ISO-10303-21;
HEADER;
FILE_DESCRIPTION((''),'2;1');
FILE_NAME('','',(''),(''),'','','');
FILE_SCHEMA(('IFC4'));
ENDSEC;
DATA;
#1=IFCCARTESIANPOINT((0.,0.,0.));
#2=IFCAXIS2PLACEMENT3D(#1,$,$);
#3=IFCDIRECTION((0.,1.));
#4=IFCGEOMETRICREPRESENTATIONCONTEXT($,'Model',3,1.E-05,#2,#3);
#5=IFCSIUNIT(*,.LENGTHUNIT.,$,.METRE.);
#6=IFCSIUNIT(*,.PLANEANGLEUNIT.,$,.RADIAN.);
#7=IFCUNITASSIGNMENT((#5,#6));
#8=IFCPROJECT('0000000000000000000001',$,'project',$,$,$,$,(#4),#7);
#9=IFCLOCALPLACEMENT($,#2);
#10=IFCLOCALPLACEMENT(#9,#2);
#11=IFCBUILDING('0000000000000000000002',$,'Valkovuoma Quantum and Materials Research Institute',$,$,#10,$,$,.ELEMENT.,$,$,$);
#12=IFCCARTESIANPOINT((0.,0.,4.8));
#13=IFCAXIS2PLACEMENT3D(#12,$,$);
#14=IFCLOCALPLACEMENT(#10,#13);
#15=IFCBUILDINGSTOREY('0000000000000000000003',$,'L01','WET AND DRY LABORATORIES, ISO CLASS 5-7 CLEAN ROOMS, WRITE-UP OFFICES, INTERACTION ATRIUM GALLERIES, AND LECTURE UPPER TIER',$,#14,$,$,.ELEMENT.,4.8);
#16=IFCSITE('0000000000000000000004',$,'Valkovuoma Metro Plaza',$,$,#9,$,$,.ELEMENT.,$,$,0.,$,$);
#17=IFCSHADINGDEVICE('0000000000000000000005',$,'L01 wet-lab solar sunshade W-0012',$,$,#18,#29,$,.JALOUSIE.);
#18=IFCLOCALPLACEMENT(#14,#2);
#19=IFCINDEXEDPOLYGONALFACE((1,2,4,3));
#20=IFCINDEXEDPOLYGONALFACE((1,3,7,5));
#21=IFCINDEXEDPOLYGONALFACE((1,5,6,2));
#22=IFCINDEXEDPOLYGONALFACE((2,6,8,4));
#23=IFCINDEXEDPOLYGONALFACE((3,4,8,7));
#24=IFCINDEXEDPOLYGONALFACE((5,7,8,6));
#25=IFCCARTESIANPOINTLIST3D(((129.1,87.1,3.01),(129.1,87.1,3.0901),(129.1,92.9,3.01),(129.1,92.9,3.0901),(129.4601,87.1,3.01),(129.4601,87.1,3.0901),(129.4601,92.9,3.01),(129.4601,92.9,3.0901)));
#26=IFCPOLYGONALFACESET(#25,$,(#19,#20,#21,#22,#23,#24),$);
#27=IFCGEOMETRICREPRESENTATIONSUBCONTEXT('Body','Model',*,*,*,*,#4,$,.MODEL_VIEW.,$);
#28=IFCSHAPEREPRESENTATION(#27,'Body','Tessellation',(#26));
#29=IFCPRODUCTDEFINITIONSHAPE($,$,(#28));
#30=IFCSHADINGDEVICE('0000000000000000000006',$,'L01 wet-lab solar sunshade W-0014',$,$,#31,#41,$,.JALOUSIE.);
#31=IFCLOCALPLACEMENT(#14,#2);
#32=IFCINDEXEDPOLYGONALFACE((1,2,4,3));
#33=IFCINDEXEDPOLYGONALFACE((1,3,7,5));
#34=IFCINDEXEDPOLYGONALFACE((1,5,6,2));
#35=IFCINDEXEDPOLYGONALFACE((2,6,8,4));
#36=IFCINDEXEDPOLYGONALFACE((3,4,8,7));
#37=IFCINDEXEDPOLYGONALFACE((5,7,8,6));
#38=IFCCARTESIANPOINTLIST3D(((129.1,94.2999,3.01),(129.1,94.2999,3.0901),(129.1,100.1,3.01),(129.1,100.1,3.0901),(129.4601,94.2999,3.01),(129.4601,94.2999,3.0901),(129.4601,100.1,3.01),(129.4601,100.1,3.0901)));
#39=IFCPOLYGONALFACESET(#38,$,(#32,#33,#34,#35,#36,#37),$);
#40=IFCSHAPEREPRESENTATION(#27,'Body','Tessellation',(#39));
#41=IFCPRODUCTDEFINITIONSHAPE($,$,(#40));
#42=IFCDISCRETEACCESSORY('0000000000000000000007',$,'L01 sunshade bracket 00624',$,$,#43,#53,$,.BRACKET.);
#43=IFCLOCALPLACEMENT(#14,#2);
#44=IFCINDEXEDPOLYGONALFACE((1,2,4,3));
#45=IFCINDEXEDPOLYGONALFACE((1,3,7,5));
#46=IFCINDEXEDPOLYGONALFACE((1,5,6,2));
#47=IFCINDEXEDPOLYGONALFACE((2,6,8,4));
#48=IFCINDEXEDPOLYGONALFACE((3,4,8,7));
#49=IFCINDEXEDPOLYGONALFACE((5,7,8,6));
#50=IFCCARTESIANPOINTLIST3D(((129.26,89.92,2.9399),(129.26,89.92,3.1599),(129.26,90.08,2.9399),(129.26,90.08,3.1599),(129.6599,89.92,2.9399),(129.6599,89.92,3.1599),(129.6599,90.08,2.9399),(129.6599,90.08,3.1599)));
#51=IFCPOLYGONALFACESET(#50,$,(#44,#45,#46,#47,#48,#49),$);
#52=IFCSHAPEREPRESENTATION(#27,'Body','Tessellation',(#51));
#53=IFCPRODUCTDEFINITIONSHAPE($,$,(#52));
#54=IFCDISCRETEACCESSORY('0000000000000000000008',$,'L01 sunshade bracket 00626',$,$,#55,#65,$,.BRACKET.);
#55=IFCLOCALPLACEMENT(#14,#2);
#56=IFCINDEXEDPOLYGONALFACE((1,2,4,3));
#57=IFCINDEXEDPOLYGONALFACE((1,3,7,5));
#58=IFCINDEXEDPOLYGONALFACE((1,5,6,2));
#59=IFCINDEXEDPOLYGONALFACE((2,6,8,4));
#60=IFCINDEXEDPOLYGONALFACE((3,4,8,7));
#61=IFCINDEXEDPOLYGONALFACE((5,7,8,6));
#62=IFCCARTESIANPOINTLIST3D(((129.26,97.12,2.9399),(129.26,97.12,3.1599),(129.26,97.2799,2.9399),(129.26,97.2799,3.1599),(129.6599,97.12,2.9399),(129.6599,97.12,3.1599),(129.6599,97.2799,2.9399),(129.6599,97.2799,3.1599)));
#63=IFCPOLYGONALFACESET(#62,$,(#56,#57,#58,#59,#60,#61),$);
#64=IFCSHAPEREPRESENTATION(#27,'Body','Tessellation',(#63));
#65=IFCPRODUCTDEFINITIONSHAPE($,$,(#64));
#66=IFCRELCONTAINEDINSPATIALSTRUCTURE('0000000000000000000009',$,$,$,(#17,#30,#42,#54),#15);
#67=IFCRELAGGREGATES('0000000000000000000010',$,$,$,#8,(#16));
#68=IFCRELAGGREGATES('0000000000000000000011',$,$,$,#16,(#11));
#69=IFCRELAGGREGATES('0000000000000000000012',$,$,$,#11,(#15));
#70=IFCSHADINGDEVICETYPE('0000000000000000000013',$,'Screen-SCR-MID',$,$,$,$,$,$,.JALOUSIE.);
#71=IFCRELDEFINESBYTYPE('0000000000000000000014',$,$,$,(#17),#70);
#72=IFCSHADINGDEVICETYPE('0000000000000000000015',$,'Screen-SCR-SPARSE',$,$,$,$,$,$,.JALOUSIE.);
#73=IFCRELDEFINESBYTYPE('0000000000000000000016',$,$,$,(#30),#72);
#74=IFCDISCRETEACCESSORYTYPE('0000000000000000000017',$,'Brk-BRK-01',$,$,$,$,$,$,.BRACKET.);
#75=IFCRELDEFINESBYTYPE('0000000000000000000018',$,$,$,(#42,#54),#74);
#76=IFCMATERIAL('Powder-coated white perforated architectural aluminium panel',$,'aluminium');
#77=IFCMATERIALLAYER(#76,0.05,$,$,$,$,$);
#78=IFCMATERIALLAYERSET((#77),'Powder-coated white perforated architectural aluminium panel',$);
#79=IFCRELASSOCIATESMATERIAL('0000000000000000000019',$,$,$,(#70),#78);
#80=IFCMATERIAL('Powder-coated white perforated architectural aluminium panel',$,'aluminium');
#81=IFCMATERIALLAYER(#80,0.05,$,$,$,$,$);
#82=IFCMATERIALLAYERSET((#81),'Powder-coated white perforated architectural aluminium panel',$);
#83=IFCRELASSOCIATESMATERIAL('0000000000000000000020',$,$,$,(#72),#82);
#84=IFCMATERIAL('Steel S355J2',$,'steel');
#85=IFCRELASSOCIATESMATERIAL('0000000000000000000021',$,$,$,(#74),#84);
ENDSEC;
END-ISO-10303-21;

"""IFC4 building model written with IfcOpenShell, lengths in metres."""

from ifc_helpers import new_model, si_unit, direction, frame, origin, origin_2d, place, context, subcontext, project, spatial, rectangle, extrude, material, layer, layer_set, type_object, element, save


model = new_model("IFC4")

# Units and contexts
model_context = context("Model", 3, precision=1e-05, world=origin(), true_north=direction((0.0, 1.0)))
body_context = subcontext(model_context, "Body", "Model", "MODEL_VIEW")
ifc_project = project(units=[si_unit("LENGTHUNIT", "METRE"), si_unit("PLANEANGLEUNIT", "RADIAN")], contexts=[model_context])

# Site, building, storey
site_placement = place(None, origin())
site = spatial("IfcSite", under=ifc_project, at=site_placement, Name="Valkovuoma Metro Plaza", CompositionType="ELEMENT", RefElevation=0.0)
building_placement = place(site_placement, origin())
building = spatial("IfcBuilding", under=site, at=building_placement, Name="Valkovuoma Quantum and Materials Research Institute", CompositionType="ELEMENT")
storey_placement = place(building_placement, frame((0.0, 0.0, 4.8)))
storey = spatial("IfcBuildingStorey", under=building, at=storey_placement, Name="L01", Description="WET AND DRY LABORATORIES, ISO CLASS 5-7 CLEAN ROOMS, WRITE-UP OFFICES, INTERACTION ATRIUM GALLERIES, AND LECTURE UPPER TIER", CompositionType="ELEMENT", Elevation=4.8)

# Shading devices
ifc_material_1 = material(Name="Powder-coated white perforated architectural aluminium panel", Category="aluminium")
ifc_layer_1 = layer(ifc_material_1, 0.05)
ifc_layer_set_1 = layer_set([ifc_layer_1], Name="Powder-coated white perforated architectural aluminium panel")
shading_device_type_1 = type_object("IfcShadingDeviceType", Name="Screen-SCR-MID", PredefinedType="JALOUSIE", material=ifc_layer_set_1)
shading_device_1_placement = place(storey_placement, frame((129.28, 90.0, 3.01), z_axis=(0.0, 0.0, 1.0), x_axis=(1.0, 0.0, 0.0)))
element("IfcShadingDevice", 1, at=shading_device_1_placement, inside=storey, type_object=shading_device_type_1, Name="L01 wet-lab solar sunshade W-0012", PredefinedType="JALOUSIE", context=body_context, shape_type="SweptSolid", body=[
    extrude(rectangle(XDim=0.3601, YDim=5.8, at=origin_2d()), origin(), (0.0, 0.0, 1.0), 0.0801),
])
ifc_material_2 = material(Name="Powder-coated white perforated architectural aluminium panel", Category="aluminium")
ifc_layer_2 = layer(ifc_material_2, 0.05)
ifc_layer_set_2 = layer_set([ifc_layer_2], Name="Powder-coated white perforated architectural aluminium panel")
shading_device_type_2 = type_object("IfcShadingDeviceType", Name="Screen-SCR-SPARSE", PredefinedType="JALOUSIE", material=ifc_layer_set_2)
shading_device_2_placement = place(storey_placement, frame((129.28, 97.2, 3.01), z_axis=(0.0, 0.0, 1.0), x_axis=(1.0, 0.0, 0.0)))
element("IfcShadingDevice", 2, at=shading_device_2_placement, inside=storey, type_object=shading_device_type_2, Name="L01 wet-lab solar sunshade W-0014", PredefinedType="JALOUSIE", context=body_context, shape_type="SweptSolid", body=[
    extrude(rectangle(XDim=0.3601, YDim=5.8, at=origin_2d()), origin(), (0.0, 0.0, 1.0), 0.0801),
])

# Discrete accessories
ifc_material_3 = material(Name="Steel S355J2", Category="steel")
discrete_accessory_type = type_object("IfcDiscreteAccessoryType", Name="Brk-BRK-01", PredefinedType="BRACKET", material=ifc_material_3)
for number, where, z_axis, x_axis, name in (
    (3, (129.46, 90.0, 2.9399), (0.0, 0.0, 1.0), (1.0, 0.0, 0.0), "L01 sunshade bracket 00624"),
    (4, (129.46, 97.2, 2.9399), (0.0, 0.0, 1.0), (1.0, 0.0, 0.0), "L01 sunshade bracket 00626"),
):
    element("IfcDiscreteAccessory", number, at=place(storey_placement, frame(where, z_axis=z_axis, x_axis=x_axis)), inside=storey, type_object=discrete_accessory_type, Name=name, PredefinedType="BRACKET", context=body_context, shape_type="SweptSolid", body=[
        extrude(rectangle(XDim=0.3999, YDim=0.1599, at=origin_2d()), origin(), (0.0, 0.0, 1.0), 0.22),
    ])

save(model, "model.ifc")
